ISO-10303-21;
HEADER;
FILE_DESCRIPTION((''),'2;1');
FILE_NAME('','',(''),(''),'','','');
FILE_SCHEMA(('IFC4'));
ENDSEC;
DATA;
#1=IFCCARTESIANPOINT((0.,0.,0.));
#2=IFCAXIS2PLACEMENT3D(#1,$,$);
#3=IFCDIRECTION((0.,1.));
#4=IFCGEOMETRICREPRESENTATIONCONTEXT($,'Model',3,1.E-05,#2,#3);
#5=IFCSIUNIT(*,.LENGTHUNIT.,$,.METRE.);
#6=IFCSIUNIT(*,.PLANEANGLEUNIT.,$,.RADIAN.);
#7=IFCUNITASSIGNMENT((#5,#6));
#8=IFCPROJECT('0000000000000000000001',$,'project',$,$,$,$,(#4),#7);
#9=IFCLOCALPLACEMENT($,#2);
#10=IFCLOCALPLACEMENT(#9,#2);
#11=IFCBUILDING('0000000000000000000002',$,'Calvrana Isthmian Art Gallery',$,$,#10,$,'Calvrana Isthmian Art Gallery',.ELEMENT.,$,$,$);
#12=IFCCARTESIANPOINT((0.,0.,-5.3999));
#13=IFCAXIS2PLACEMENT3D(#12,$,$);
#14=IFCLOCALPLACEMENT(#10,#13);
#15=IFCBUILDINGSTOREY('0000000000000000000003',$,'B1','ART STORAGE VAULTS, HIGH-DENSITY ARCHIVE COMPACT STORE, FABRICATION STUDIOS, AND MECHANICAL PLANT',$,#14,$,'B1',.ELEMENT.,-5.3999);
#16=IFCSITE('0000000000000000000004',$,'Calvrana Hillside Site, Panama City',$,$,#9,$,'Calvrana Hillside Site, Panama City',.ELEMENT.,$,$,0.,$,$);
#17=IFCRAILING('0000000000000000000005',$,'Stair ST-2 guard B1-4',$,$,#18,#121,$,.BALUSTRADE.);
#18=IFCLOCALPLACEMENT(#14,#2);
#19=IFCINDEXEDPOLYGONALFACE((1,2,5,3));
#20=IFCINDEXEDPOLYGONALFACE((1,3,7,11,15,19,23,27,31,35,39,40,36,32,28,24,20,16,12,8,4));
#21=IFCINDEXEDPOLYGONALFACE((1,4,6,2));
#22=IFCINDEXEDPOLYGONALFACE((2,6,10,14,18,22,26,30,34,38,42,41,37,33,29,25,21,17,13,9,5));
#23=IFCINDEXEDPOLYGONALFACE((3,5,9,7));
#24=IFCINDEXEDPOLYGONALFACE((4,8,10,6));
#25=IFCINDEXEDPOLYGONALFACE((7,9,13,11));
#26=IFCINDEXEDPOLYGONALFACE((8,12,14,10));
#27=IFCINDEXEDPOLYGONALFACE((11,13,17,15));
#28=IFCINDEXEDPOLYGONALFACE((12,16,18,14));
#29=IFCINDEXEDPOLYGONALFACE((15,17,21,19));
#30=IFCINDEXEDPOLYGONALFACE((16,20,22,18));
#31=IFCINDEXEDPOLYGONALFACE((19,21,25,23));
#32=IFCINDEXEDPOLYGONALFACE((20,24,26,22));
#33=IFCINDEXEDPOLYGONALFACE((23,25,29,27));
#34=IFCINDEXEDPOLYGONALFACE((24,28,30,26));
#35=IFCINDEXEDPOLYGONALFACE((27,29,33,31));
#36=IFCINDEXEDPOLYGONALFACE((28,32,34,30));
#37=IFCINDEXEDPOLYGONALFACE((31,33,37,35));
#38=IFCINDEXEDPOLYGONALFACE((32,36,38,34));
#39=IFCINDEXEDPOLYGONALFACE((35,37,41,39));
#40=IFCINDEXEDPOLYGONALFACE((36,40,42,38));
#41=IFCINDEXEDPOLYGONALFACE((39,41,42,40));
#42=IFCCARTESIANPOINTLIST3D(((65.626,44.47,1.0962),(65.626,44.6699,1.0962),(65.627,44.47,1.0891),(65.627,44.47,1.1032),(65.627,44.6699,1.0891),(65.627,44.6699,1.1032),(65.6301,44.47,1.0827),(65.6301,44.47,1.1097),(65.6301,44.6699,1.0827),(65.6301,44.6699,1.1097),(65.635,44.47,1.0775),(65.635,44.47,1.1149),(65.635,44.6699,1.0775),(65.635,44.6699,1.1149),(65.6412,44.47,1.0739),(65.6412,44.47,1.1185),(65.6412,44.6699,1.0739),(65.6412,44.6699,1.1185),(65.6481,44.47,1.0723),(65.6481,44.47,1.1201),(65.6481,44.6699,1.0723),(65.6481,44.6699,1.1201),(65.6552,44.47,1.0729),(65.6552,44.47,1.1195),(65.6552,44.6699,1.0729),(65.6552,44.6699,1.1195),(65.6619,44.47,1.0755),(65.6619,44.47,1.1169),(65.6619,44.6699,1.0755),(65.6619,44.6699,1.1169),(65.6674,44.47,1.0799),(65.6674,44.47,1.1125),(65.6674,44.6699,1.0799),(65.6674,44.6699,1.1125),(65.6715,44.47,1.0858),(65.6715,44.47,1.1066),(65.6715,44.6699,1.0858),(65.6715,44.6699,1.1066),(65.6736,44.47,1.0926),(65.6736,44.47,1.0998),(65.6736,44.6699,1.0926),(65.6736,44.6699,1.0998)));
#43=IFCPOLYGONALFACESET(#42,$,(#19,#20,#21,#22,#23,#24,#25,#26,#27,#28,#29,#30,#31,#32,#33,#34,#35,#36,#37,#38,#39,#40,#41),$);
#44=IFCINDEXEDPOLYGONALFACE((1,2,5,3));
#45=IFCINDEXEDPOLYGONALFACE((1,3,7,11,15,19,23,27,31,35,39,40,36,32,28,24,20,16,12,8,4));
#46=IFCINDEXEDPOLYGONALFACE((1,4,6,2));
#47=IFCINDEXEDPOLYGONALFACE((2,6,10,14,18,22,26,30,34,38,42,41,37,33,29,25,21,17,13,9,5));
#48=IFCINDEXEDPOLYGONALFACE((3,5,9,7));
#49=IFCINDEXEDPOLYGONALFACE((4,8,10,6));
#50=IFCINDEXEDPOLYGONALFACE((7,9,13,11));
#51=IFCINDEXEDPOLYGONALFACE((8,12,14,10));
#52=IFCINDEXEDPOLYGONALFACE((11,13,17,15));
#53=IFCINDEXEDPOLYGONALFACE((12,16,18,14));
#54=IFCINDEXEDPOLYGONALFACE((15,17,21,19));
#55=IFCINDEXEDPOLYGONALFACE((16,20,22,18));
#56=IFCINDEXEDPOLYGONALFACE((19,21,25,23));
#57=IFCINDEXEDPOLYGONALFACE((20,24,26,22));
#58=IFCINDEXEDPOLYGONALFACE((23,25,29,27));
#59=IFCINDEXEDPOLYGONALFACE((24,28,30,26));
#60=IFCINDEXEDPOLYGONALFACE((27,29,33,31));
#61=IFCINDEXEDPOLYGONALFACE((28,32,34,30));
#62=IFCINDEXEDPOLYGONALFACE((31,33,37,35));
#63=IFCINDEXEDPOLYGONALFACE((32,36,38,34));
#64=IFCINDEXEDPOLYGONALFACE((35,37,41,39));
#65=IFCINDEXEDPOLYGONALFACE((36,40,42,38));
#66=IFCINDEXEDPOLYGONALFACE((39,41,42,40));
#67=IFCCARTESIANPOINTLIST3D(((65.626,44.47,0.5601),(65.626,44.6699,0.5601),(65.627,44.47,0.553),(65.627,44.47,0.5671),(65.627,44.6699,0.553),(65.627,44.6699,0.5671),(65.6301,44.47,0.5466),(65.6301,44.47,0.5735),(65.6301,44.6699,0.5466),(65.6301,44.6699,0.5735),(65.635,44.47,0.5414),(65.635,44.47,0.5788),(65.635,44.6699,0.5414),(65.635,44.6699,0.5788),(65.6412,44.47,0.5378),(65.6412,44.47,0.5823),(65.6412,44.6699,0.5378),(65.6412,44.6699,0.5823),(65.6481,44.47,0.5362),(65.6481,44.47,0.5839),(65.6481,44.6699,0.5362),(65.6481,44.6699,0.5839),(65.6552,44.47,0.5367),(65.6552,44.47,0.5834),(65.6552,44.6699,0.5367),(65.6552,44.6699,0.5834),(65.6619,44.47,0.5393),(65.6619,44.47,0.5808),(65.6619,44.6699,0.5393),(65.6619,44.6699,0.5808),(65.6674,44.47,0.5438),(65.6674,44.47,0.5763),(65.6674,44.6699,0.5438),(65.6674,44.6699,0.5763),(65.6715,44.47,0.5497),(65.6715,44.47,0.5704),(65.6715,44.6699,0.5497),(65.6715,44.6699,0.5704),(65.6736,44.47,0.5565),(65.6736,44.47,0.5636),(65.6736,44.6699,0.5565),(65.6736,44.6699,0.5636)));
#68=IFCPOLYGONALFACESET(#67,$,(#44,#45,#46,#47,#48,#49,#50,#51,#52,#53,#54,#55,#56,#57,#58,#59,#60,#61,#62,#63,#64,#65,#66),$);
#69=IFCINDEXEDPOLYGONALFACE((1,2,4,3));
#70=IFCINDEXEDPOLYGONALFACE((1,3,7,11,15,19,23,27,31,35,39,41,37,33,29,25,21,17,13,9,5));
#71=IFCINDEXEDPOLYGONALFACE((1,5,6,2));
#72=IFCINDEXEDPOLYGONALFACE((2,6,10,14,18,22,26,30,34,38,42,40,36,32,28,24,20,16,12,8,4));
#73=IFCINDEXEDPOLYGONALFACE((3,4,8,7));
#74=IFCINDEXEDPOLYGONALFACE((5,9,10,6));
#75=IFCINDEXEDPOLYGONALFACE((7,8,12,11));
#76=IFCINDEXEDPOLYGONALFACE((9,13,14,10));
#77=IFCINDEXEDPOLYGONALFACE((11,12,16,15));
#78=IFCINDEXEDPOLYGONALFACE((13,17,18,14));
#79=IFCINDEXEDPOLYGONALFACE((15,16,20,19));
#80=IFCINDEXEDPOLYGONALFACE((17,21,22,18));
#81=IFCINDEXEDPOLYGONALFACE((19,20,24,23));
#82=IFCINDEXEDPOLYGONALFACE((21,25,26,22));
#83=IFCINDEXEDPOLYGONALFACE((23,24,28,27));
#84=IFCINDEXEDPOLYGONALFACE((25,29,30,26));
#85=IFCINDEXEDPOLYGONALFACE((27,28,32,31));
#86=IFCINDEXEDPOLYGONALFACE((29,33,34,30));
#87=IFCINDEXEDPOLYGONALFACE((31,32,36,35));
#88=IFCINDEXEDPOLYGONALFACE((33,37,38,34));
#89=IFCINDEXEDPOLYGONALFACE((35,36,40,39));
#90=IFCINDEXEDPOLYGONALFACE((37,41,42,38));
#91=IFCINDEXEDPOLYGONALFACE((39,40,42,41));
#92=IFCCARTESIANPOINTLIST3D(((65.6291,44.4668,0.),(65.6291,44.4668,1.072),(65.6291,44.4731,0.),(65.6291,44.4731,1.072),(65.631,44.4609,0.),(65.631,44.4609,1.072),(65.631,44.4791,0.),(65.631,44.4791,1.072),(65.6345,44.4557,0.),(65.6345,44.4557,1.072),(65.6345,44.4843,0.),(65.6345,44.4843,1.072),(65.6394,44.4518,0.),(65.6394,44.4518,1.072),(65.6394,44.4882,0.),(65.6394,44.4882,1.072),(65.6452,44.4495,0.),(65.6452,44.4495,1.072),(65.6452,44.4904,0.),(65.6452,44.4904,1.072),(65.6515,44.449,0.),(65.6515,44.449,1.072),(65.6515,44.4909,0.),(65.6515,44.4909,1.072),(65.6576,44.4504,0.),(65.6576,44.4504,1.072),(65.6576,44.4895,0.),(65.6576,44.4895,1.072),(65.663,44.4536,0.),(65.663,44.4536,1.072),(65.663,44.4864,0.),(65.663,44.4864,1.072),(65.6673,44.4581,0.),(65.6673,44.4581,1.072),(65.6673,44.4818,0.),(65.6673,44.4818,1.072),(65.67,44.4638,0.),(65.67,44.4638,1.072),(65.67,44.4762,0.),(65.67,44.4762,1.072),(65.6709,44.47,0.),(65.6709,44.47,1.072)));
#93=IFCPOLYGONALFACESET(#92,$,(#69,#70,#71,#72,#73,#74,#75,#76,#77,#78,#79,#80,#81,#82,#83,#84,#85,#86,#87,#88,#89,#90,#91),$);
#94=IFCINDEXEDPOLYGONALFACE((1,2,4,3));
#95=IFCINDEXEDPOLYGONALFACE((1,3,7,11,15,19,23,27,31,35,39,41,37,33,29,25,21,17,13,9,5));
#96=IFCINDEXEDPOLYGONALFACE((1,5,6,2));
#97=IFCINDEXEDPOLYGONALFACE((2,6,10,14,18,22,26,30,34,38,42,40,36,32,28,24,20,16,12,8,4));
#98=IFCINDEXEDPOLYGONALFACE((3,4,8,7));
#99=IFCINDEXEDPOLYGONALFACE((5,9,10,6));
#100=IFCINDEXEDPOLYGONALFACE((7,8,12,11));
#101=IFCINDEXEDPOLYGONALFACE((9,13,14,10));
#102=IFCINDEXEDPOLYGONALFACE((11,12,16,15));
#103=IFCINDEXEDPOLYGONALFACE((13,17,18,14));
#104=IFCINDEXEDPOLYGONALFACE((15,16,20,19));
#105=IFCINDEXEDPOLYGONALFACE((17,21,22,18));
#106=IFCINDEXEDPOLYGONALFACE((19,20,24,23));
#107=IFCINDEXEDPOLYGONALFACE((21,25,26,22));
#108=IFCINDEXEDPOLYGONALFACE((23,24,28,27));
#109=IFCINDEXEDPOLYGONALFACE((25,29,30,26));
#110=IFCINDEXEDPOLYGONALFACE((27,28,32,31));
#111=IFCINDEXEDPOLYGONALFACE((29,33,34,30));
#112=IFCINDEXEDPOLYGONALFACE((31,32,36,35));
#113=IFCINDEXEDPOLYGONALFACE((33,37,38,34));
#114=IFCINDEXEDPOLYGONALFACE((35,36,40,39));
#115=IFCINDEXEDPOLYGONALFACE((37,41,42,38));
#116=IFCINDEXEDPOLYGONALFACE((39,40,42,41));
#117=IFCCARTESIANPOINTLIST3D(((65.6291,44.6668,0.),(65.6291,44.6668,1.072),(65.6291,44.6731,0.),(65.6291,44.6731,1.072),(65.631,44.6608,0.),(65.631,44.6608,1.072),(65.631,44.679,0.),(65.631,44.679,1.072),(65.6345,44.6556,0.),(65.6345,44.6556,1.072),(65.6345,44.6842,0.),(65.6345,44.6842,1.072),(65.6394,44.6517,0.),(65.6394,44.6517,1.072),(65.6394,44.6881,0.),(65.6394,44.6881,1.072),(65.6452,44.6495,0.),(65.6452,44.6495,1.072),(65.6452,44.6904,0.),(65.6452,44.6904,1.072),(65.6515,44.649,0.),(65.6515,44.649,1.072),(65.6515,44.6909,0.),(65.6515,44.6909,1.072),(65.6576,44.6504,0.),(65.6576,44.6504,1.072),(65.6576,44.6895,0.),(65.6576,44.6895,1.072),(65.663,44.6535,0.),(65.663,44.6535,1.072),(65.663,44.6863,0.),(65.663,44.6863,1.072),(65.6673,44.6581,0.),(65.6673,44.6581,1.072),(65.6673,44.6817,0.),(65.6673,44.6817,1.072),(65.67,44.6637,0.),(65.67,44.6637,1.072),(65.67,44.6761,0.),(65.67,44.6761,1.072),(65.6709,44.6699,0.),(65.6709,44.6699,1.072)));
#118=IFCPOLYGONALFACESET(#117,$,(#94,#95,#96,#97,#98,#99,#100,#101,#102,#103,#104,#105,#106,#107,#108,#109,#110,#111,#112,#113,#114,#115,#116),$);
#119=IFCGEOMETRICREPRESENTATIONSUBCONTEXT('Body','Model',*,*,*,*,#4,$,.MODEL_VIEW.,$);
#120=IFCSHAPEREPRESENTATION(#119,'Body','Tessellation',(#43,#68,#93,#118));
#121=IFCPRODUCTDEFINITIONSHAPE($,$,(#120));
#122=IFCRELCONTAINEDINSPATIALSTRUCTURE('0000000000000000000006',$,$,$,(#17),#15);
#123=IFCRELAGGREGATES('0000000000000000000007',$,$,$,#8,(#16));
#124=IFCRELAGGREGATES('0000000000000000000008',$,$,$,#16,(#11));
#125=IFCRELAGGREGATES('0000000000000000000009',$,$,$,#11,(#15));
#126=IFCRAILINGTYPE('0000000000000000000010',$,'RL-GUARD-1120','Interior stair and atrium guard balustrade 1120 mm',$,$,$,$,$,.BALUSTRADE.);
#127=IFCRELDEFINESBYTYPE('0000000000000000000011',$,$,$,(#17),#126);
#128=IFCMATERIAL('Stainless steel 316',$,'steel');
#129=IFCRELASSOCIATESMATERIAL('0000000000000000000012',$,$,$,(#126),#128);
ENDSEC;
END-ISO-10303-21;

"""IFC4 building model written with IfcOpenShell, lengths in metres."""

from ifc_helpers import new_model, si_unit, direction, frame, origin, origin_2d, place, context, subcontext, project, spatial, circle, extrude, material, type_object, element, save


model = new_model("IFC4")

# Units and contexts
model_context = context("Model", 3, precision=1e-05, world=origin(), true_north=direction((0.0, 1.0)))
body_context = subcontext(model_context, "Body", "Model", "MODEL_VIEW")
ifc_project = project(units=[si_unit("LENGTHUNIT", "METRE"), si_unit("PLANEANGLEUNIT", "RADIAN")], contexts=[model_context])

# Site, building, storey
site_placement = place(None, origin())
site = spatial("IfcSite", under=ifc_project, at=site_placement, Name="Calvrana Hillside Site, Panama City", LongName="Calvrana Hillside Site, Panama City", CompositionType="ELEMENT", RefElevation=0.0)
building_placement = place(site_placement, origin())
building = spatial("IfcBuilding", under=site, at=building_placement, Name="Calvrana Isthmian Art Gallery", LongName="Calvrana Isthmian Art Gallery", CompositionType="ELEMENT")
storey_placement = place(building_placement, frame((0.0, 0.0, -5.3999)))
storey = spatial("IfcBuildingStorey", under=building, at=storey_placement, Name="B1", Description="ART STORAGE VAULTS, HIGH-DENSITY ARCHIVE COMPACT STORE, FABRICATION STUDIOS, AND MECHANICAL PLANT", LongName="B1", CompositionType="ELEMENT", Elevation=-5.3999)

# Railing
ifc_material_1 = material(Name="Stainless steel 316", Category="steel")
railing_type_1 = type_object("IfcRailingType", Name="RL-GUARD-1120", Description="Interior stair and atrium guard balustrade 1120 mm", PredefinedType="BALUSTRADE", material=ifc_material_1)
railing_1_placement = place(storey_placement, frame((65.6499, 44.47, 0.0)))
element("IfcRailing", 1, at=railing_1_placement, inside=storey, type_object=railing_type_1, Name="Stair ST-2 guard B1-4", PredefinedType="BALUSTRADE", context=body_context, shape_type="SweptSolid", body=[
    extrude(circle(Radius=0.0239, at=origin_2d()), frame((0.0, 0.0, 1.0962), z_axis=(0.0, 1.0, 0.0), x_axis=(-1.0, 0.0, 0.0)), (0.0, 0.0, 1.0), 0.2),
    extrude(circle(Radius=0.0239, at=origin_2d()), frame((0.0, 0.0, 0.5601), z_axis=(0.0, 1.0, 0.0), x_axis=(-1.0, 0.0, 0.0)), (0.0, 0.0, 1.0), 0.2),
    extrude(circle(Radius=0.021, at=origin_2d()), origin(), (0.0, 0.0, 1.0), 1.072),
    extrude(circle(Radius=0.021, at=origin_2d()), frame((0.0, 0.2, 0.0)), (0.0, 0.0, 1.0), 1.072),
])

save(model, "model.ifc")
